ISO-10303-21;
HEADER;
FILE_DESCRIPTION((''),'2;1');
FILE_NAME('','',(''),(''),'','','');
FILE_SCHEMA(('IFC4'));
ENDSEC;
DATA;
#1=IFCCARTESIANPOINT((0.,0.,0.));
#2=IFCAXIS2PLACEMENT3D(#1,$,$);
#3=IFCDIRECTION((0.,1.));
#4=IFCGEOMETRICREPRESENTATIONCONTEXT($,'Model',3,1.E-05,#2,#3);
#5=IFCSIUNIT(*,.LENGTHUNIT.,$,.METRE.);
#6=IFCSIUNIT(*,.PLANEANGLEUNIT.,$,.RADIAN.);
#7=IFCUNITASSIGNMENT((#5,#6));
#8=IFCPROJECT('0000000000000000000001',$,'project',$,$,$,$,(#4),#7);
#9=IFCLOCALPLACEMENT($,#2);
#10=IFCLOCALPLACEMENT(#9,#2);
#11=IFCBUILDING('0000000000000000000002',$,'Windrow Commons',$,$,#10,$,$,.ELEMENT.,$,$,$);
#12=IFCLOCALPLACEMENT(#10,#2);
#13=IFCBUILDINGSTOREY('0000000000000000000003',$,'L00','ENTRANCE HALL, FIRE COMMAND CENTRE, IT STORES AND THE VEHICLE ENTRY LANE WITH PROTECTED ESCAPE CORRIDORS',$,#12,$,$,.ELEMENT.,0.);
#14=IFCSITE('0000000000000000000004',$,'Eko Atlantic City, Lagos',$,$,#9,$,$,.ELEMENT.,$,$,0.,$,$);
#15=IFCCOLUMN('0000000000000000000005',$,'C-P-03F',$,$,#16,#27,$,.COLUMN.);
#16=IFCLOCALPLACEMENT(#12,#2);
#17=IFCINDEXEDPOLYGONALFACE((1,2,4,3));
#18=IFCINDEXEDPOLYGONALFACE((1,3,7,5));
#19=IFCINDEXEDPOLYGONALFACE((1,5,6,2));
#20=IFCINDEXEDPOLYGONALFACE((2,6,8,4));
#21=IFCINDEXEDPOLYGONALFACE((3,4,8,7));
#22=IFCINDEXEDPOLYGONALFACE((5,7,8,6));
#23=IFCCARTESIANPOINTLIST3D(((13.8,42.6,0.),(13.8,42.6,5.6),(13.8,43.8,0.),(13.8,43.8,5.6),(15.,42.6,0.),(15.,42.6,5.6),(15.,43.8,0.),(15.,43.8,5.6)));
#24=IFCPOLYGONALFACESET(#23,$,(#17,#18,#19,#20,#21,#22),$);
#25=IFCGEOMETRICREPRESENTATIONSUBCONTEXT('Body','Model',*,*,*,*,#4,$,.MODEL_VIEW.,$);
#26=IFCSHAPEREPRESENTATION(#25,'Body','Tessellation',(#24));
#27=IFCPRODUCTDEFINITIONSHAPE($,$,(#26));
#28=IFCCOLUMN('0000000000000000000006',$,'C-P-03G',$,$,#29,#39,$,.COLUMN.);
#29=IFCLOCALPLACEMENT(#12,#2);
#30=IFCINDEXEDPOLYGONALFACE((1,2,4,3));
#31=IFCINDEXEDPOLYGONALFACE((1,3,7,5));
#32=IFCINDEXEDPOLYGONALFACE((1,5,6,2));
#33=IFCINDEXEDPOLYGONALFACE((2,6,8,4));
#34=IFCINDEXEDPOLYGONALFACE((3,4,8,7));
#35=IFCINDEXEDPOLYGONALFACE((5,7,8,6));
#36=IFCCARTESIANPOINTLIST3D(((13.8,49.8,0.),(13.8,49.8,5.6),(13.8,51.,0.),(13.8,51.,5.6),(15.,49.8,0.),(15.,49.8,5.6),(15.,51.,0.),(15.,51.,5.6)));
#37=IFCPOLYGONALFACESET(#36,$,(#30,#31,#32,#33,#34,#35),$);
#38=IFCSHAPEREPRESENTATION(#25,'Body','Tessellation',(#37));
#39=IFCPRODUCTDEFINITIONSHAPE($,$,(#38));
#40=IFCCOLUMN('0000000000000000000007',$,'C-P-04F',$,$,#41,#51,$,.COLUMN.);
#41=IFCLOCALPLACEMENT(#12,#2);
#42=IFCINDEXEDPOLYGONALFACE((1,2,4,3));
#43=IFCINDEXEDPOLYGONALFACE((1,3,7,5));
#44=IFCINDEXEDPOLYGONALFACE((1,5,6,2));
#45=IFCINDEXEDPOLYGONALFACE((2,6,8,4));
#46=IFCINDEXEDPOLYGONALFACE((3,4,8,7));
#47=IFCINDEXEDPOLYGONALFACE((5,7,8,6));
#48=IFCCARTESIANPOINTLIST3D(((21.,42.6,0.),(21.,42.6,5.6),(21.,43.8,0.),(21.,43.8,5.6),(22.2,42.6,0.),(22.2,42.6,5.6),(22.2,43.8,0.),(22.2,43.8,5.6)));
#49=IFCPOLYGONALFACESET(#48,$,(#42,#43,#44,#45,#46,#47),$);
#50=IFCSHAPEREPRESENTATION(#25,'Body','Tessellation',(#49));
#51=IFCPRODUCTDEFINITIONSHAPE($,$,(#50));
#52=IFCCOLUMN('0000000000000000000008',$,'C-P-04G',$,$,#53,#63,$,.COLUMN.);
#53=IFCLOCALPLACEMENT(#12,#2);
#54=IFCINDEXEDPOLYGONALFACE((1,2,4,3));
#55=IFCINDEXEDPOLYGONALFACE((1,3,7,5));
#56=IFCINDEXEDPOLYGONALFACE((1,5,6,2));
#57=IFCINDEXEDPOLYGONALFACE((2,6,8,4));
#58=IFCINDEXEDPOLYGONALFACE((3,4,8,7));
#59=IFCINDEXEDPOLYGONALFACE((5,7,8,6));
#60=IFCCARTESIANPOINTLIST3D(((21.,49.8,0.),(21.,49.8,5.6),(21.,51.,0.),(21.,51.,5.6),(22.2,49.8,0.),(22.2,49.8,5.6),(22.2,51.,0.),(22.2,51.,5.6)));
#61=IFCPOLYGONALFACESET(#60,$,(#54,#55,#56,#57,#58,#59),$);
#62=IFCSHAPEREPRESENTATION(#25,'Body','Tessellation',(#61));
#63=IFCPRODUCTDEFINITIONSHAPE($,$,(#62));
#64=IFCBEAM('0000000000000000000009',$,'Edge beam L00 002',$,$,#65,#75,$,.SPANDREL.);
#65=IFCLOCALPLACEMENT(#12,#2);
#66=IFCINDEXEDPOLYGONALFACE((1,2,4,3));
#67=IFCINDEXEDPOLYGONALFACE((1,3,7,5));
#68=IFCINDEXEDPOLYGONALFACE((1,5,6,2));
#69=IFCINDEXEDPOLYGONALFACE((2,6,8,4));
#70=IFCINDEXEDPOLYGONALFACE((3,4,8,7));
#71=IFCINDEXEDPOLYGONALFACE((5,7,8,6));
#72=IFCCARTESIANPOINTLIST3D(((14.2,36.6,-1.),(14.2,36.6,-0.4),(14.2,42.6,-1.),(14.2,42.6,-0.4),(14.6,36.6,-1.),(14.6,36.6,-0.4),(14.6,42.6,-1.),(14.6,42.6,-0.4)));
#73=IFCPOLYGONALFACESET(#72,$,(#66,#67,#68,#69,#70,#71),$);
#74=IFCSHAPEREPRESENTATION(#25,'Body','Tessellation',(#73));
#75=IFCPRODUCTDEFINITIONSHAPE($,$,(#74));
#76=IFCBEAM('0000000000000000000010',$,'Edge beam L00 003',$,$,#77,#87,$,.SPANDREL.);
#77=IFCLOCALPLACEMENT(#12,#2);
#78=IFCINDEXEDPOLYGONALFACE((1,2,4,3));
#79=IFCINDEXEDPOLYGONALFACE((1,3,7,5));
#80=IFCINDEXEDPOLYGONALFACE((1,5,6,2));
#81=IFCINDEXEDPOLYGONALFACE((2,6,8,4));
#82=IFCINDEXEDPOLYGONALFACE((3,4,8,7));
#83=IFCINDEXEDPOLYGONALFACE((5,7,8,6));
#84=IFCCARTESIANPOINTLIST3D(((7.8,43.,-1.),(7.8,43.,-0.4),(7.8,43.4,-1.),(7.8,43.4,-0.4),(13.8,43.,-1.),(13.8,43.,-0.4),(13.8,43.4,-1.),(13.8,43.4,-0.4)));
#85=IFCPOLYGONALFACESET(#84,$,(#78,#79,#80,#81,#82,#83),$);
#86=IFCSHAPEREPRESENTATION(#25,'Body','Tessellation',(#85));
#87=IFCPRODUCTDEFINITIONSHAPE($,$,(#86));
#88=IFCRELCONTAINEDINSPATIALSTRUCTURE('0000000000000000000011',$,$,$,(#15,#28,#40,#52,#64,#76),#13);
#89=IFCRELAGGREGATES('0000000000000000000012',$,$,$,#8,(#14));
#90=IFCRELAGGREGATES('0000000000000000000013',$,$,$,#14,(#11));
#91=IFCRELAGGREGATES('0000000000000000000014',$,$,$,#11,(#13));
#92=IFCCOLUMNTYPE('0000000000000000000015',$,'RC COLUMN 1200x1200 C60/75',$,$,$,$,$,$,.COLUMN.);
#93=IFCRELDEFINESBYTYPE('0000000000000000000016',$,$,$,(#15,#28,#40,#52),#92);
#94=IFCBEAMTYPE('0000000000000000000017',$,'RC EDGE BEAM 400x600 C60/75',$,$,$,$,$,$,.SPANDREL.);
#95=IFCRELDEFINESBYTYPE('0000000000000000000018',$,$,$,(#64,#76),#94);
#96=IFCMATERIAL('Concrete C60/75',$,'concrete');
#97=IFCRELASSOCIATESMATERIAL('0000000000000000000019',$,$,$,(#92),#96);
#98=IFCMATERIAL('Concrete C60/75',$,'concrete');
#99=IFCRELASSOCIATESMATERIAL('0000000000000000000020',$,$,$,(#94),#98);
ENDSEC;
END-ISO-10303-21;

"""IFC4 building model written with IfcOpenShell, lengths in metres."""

from ifc_helpers import new_model, si_unit, direction, frame, origin, origin_2d, place, context, subcontext, project, spatial, rectangle, extrude, material, material_profile, profile_set, type_object, element, save


model = new_model("IFC4")

# Units and contexts
model_context = context("Model", 3, precision=1e-05, world=origin(), true_north=direction((0.0, 1.0)))
body_context = subcontext(model_context, "Body", "Model", "MODEL_VIEW")
ifc_project = project(units=[si_unit("LENGTHUNIT", "METRE"), si_unit("PLANEANGLEUNIT", "RADIAN")], contexts=[model_context])

# Site, building, storey
site_placement = place(None, origin())
site = spatial("IfcSite", under=ifc_project, at=site_placement, Name="Eko Atlantic City, Lagos", CompositionType="ELEMENT", RefElevation=0.0)
building_placement = place(site_placement, origin())
building = spatial("IfcBuilding", under=site, at=building_placement, Name="Windrow Commons", CompositionType="ELEMENT")
storey_placement = place(building_placement, origin())
storey = spatial("IfcBuildingStorey", under=building, at=storey_placement, Name="L00", Description="ENTRANCE HALL, FIRE COMMAND CENTRE, IT STORES AND THE VEHICLE ENTRY LANE WITH PROTECTED ESCAPE CORRIDORS", CompositionType="ELEMENT", Elevation=0.0)

# Columns
ifc_material_1 = material(Name="Concrete C60/75", Category="concrete")
ifc_material_profile_1 = material_profile(ifc_material_1, rectangle(XDim=1.2, YDim=1.2, at=origin_2d()))
ifc_profile_set_1 = profile_set([ifc_material_profile_1], Name="Concrete C60/75")
column_type = type_object("IfcColumnType", Name="RC COLUMN 1200x1200 C60/75", PredefinedType="COLUMN", material=ifc_profile_set_1)
for number, where, z_axis, x_axis, name in (
    (1, (14.4, 43.2, 0.0), (0.0, 0.0, 1.0), (1.0, 0.0, 0.0), "C-P-03F"),
    (2, (14.4, 50.4, 0.0), (0.0, 0.0, 1.0), (1.0, 0.0, 0.0), "C-P-03G"),
    (3, (21.6, 43.2, 0.0), (0.0, 0.0, 1.0), (1.0, 0.0, 0.0), "C-P-04F"),
    (4, (21.6, 50.4, 0.0), (0.0, 0.0, 1.0), (1.0, 0.0, 0.0), "C-P-04G"),
):
    element("IfcColumn", number, at=place(storey_placement, frame(where, z_axis=z_axis, x_axis=x_axis)), inside=storey, type_object=column_type, Name=name, PredefinedType="COLUMN", context=body_context, shape_type="SweptSolid", body=[
        extrude(rectangle(XDim=1.2, YDim=1.2, at=origin_2d()), origin(), (0.0, 0.0, 1.0), 5.6),
    ])

# Beams
ifc_material_2 = material(Name="Concrete C60/75", Category="concrete")
ifc_material_profile_2 = material_profile(ifc_material_2, rectangle(XDim=0.4, YDim=0.6, at=origin_2d()))
ifc_profile_set_2 = profile_set([ifc_material_profile_2], Name="Concrete C60/75")
beam_type = type_object("IfcBeamType", Name="RC EDGE BEAM 400x600 C60/75", PredefinedType="SPANDREL", material=ifc_profile_set_2)
for number, where, z_axis, x_axis, name in (
    (5, (14.4, 36.6, -0.7), (0.0, 1.0, 0.0), (-1.0, 0.0, 0.0), "Edge beam L00 002"),
    (6, (13.8, 43.2, -0.7), (-1.0, 0.0, 0.0), (0.0, -1.0, 0.0), "Edge beam L00 003"),
):
    element("IfcBeam", number, at=place(storey_placement, frame(where, z_axis=z_axis, x_axis=x_axis)), inside=storey, type_object=beam_type, Name=name, PredefinedType="SPANDREL", context=body_context, shape_type="SweptSolid", body=[
        extrude(rectangle(XDim=0.4, YDim=0.6, at=origin_2d()), origin(), (0.0, 0.0, 1.0), 6.0),
    ])

save(model, "model.ifc")
